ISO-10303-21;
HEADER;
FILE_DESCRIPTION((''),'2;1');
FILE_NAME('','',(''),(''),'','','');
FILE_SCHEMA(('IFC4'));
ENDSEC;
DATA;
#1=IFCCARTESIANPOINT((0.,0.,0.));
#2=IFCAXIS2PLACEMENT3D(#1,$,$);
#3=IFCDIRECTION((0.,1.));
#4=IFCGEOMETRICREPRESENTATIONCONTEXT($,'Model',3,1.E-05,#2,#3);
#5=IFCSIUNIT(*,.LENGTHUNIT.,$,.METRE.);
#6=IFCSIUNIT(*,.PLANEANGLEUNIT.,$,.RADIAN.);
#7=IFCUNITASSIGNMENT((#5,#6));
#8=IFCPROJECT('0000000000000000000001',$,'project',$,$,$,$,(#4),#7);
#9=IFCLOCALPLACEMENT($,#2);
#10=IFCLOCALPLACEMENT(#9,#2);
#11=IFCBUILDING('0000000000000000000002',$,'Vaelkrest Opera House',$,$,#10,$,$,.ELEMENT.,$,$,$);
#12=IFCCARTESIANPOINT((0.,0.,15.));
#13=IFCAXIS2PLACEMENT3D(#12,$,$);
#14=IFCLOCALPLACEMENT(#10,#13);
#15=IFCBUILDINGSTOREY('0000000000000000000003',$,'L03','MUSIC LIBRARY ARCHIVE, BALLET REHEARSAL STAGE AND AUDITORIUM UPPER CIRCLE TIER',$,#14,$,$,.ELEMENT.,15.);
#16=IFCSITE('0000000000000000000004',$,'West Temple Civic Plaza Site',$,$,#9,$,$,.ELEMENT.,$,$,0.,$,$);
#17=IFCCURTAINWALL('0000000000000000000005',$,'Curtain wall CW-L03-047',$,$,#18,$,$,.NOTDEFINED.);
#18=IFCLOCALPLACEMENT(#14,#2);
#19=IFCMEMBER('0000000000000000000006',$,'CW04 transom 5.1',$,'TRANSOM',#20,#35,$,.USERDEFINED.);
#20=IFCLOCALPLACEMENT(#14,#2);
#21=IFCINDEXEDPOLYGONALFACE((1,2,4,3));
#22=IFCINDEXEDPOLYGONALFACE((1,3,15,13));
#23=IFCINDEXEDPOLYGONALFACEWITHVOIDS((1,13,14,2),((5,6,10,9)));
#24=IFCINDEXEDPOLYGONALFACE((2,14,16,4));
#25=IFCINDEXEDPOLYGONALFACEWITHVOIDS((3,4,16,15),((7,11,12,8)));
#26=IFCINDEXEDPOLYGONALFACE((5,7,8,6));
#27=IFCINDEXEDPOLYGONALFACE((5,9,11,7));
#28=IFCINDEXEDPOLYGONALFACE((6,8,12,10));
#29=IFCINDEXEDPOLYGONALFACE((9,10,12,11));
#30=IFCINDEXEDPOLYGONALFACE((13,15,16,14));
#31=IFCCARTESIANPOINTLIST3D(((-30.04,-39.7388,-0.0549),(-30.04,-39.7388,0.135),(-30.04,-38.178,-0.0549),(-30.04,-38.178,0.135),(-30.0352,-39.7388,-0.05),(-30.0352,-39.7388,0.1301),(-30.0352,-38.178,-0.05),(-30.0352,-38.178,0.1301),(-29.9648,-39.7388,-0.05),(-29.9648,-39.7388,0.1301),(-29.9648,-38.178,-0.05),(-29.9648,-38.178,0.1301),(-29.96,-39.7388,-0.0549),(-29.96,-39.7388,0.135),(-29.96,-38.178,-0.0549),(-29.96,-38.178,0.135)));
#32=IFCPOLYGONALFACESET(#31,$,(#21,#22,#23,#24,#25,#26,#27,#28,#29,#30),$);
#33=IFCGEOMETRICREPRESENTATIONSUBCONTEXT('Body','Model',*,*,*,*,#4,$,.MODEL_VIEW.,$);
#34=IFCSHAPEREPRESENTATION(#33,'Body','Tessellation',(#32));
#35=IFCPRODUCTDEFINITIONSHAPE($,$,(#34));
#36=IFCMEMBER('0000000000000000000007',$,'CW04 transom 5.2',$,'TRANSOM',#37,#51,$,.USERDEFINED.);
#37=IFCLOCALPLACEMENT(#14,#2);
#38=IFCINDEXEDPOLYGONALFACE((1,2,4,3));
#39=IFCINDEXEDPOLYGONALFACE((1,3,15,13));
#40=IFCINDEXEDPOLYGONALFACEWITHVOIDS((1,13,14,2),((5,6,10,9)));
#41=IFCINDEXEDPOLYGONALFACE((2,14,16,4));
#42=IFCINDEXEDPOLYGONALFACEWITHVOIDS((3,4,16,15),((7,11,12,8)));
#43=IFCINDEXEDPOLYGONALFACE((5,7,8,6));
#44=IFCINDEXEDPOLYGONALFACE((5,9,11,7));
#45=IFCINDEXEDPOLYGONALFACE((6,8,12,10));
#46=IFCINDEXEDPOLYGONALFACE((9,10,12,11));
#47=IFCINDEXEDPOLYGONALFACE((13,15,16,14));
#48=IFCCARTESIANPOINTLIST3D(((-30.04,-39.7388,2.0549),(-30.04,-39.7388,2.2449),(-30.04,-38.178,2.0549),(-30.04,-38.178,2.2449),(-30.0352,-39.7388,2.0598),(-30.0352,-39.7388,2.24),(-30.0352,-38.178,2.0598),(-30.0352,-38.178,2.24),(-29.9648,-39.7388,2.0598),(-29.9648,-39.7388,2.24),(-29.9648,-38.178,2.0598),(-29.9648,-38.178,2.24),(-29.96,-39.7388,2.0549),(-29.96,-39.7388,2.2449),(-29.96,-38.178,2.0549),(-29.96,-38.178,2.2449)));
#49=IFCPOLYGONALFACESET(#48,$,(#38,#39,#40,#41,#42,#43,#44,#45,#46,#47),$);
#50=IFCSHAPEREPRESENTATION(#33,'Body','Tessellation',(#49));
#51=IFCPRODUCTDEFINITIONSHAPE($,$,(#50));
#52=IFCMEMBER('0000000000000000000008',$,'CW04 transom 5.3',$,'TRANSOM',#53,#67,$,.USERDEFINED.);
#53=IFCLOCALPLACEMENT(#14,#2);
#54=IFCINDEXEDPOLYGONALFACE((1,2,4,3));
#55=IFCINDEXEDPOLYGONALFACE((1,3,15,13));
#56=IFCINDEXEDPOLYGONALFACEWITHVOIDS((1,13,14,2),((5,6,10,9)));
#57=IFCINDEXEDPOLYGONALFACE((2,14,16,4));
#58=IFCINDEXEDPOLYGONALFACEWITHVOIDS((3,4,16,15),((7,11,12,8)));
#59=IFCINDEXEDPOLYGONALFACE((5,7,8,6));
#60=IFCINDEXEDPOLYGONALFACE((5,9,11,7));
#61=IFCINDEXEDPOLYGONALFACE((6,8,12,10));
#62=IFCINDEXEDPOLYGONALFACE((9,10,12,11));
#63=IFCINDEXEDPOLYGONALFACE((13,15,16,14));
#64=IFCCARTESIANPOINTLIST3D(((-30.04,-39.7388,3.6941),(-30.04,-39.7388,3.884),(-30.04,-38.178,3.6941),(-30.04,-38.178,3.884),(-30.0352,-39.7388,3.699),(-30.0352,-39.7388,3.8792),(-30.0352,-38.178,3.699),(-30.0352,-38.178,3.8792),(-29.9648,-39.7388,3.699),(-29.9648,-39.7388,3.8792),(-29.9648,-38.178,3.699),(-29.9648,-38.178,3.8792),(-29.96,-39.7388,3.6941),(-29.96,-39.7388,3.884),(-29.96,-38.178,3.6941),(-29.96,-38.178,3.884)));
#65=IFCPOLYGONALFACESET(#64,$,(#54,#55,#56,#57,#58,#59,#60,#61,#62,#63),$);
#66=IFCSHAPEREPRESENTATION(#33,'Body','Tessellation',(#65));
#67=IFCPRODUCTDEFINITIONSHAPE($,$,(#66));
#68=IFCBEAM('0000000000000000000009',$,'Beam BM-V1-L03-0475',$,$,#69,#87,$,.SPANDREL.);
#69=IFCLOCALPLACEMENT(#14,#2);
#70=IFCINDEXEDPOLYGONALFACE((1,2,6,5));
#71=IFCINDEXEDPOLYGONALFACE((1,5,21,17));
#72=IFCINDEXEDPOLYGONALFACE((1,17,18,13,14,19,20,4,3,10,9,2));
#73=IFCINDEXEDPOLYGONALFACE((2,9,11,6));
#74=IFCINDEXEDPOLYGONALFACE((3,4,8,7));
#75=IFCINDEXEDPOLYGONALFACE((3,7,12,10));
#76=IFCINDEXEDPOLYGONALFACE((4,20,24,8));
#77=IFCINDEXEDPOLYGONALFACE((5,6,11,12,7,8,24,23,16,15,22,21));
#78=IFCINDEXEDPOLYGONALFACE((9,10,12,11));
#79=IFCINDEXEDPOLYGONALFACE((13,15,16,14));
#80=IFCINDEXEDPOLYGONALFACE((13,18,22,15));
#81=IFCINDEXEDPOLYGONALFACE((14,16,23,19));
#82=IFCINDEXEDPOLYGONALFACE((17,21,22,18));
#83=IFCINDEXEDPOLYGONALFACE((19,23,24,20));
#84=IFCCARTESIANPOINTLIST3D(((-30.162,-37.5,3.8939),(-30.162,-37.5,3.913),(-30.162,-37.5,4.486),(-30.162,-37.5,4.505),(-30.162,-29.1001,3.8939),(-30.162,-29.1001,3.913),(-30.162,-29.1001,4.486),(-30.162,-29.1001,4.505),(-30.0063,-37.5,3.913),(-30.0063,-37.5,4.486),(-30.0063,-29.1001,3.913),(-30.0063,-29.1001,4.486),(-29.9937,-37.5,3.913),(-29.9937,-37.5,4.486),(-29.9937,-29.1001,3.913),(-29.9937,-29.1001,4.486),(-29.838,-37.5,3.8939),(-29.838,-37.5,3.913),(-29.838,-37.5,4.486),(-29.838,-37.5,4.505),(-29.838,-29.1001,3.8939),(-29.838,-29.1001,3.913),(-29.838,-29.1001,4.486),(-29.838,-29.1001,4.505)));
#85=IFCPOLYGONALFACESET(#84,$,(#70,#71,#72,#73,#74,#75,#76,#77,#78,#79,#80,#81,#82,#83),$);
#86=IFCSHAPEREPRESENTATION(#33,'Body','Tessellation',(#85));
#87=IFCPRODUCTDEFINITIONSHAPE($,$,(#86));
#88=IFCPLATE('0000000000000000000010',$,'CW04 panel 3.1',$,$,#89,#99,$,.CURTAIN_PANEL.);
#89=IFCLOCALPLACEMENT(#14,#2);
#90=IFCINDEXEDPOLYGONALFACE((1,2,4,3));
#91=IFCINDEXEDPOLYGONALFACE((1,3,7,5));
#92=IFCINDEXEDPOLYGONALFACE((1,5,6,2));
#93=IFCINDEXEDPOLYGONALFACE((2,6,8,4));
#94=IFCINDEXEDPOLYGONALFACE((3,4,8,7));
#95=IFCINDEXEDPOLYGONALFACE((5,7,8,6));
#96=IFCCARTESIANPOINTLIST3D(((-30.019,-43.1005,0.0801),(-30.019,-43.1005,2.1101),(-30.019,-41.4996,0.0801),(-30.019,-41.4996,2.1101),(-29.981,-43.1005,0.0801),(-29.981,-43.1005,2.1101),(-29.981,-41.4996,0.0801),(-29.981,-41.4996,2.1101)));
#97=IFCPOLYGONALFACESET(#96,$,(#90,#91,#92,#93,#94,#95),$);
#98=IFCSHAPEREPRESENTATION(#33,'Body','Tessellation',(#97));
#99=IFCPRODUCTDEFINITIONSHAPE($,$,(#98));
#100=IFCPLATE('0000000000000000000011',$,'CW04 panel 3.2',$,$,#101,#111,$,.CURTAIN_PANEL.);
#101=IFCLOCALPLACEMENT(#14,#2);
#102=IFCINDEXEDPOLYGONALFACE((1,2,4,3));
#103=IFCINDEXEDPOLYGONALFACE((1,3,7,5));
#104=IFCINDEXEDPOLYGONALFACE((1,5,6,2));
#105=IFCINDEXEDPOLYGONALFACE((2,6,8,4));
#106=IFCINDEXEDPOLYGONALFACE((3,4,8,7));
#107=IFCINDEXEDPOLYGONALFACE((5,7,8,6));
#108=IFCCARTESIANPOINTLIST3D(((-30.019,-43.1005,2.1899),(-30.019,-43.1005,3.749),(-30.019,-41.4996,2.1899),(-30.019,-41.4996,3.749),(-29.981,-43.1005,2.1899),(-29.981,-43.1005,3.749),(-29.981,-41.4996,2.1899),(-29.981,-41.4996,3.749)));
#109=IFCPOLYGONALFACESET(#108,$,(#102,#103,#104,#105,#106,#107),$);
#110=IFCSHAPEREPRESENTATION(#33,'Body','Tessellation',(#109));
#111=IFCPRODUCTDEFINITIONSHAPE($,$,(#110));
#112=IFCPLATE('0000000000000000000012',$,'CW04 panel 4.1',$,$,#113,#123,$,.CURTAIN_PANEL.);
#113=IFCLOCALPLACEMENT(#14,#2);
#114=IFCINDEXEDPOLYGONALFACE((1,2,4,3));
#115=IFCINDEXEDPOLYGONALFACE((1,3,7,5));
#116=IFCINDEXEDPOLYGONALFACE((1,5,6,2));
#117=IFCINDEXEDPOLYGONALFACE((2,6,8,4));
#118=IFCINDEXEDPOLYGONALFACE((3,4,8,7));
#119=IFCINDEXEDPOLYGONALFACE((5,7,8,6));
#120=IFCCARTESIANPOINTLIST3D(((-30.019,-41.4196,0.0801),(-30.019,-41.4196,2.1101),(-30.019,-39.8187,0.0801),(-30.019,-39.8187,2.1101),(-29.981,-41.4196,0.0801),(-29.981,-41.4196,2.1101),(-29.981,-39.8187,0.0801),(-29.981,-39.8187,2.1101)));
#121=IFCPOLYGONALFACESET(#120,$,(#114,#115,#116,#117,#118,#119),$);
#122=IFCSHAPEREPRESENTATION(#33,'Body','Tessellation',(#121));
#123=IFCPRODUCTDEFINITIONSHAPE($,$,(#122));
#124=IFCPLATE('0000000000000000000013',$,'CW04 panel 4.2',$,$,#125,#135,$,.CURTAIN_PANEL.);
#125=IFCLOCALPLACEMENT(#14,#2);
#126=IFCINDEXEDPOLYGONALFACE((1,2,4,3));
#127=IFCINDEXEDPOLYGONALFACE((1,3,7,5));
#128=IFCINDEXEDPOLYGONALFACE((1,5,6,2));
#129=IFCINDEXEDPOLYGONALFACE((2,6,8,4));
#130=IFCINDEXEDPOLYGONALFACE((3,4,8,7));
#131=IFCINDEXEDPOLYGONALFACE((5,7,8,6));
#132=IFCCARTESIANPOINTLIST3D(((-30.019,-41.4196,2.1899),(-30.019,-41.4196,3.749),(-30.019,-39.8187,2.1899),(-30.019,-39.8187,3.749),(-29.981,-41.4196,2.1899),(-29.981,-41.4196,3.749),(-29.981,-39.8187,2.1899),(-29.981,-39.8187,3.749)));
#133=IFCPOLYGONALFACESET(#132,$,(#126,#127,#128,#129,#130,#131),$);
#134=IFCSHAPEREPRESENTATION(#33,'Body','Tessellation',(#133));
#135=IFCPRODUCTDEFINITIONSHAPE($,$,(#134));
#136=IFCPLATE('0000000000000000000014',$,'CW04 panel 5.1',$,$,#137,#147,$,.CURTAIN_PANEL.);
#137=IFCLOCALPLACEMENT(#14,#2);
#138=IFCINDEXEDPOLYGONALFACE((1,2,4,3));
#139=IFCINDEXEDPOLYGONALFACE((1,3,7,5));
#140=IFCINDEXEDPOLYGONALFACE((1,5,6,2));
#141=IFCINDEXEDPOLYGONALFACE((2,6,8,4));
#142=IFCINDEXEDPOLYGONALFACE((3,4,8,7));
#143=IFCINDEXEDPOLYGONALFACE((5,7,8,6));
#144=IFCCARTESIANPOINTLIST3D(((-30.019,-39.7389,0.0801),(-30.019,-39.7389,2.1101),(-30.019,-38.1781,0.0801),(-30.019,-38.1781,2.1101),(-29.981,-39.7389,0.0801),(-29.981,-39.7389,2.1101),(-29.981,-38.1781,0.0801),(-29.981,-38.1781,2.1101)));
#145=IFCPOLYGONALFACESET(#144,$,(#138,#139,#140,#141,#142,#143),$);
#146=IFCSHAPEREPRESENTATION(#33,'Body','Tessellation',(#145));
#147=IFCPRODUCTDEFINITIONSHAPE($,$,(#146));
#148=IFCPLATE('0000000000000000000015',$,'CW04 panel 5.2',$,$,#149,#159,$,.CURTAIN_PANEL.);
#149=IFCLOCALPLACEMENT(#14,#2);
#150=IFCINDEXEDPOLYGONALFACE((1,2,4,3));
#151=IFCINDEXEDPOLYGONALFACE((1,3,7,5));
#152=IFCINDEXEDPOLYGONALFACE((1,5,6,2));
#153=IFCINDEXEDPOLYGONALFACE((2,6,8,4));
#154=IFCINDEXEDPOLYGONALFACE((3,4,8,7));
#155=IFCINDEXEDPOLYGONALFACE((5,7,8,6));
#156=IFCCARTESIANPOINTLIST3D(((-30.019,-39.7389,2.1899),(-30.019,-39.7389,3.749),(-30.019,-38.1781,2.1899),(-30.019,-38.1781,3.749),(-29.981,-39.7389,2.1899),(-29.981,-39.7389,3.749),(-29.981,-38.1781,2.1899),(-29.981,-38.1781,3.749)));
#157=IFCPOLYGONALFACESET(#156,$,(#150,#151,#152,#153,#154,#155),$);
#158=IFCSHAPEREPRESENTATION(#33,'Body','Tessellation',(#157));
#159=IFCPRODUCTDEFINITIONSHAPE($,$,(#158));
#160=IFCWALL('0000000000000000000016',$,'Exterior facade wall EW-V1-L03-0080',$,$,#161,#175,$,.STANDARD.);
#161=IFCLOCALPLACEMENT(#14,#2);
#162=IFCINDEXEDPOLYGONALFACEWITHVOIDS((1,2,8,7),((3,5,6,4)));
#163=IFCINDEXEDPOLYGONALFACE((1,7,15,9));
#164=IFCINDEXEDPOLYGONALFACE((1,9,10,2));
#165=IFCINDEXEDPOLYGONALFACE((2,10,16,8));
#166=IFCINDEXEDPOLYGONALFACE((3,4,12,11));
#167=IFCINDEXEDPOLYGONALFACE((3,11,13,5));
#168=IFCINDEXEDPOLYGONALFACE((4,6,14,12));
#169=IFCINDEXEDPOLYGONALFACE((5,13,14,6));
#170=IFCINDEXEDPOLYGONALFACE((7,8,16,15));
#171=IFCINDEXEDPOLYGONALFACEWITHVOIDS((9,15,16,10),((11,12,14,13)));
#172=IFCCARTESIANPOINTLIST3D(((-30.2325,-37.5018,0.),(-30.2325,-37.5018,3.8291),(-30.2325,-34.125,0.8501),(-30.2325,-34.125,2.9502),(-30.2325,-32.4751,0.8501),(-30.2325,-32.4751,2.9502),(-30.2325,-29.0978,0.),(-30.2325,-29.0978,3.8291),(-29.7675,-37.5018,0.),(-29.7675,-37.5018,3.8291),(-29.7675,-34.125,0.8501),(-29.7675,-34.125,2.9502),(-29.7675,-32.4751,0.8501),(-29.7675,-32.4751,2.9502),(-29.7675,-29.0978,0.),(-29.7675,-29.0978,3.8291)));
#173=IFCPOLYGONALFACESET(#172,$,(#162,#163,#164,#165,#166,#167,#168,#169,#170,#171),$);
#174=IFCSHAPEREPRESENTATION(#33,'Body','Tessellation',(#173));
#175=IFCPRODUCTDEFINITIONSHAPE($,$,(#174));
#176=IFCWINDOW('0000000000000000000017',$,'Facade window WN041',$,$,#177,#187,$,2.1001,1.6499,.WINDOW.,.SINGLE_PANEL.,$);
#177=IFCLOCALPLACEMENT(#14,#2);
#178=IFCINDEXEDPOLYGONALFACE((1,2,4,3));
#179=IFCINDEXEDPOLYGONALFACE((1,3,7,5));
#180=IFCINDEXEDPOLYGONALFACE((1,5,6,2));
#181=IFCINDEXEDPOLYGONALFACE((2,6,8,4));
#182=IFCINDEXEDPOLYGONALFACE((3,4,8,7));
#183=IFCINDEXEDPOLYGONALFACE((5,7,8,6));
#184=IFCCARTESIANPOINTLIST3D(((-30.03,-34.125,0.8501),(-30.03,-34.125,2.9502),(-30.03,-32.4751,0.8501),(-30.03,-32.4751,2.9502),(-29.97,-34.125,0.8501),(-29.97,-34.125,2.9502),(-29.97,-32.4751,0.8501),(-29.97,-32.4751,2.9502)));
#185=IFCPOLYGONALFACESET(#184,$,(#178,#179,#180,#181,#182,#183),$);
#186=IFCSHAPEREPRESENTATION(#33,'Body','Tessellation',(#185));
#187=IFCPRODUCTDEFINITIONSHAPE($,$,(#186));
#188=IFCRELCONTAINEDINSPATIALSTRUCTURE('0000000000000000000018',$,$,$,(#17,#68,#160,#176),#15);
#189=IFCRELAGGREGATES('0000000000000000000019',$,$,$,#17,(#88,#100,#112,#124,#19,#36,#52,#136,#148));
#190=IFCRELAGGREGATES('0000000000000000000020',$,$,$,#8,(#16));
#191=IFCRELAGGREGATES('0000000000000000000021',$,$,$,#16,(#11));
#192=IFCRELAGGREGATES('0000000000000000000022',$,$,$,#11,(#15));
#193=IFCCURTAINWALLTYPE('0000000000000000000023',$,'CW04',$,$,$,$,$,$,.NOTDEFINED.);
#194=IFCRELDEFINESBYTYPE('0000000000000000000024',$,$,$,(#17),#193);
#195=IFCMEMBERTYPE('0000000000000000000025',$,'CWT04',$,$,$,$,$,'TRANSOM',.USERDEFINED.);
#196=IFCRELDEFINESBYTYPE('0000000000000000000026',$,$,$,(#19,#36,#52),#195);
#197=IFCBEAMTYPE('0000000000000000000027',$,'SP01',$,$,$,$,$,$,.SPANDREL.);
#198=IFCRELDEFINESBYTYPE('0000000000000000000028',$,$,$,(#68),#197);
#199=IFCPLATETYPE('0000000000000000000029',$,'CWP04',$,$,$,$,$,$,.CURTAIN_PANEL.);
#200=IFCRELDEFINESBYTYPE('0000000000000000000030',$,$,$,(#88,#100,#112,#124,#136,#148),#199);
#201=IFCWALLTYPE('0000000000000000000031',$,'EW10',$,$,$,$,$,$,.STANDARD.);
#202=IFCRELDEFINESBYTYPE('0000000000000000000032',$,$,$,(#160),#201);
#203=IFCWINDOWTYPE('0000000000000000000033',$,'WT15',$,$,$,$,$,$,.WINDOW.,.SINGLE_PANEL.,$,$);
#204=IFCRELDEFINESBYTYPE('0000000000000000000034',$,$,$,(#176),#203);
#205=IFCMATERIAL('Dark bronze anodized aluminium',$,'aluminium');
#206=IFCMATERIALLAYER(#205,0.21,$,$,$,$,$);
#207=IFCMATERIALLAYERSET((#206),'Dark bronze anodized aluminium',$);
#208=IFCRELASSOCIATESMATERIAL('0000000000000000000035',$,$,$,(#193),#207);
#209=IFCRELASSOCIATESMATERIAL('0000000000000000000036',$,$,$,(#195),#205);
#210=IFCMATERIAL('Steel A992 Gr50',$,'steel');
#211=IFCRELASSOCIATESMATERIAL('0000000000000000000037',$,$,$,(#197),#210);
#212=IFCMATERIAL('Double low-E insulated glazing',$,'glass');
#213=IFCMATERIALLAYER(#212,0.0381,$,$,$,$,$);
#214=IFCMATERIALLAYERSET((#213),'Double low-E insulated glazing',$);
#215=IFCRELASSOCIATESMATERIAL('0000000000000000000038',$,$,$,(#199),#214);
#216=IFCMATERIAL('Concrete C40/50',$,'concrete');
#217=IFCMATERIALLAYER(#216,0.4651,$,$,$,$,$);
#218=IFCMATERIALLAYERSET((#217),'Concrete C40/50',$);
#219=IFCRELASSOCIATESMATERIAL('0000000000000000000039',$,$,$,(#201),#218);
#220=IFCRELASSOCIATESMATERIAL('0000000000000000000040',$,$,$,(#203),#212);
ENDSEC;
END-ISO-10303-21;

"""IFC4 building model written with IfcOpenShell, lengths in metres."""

from ifc_helpers import new_model, si_unit, direction, frame, frame_2d, origin, origin_2d, place, context, subcontext, project, spatial, rectangle, hollow_rectangle, i_section, extrude, material, layer, layer_set, material_profile, profile_set, type_object, element, fill, aggregate, save


model = new_model("IFC4")

# Units and contexts
model_context = context("Model", 3, precision=1e-05, world=origin(), true_north=direction((0.0, 1.0)))
body_context = subcontext(model_context, "Body", "Model", "MODEL_VIEW")
ifc_project = project(units=[si_unit("LENGTHUNIT", "METRE"), si_unit("PLANEANGLEUNIT", "RADIAN")], contexts=[model_context])

# Site, building, storey
site_placement = place(None, origin())
site = spatial("IfcSite", under=ifc_project, at=site_placement, Name="West Temple Civic Plaza Site", CompositionType="ELEMENT", RefElevation=0.0)
building_placement = place(site_placement, origin())
building = spatial("IfcBuilding", under=site, at=building_placement, Name="Vaelkrest Opera House", CompositionType="ELEMENT")
storey_placement = place(building_placement, frame((0.0, 0.0, 15.0)))
storey = spatial("IfcBuildingStorey", under=building, at=storey_placement, Name="L03", Description="MUSIC LIBRARY ARCHIVE, BALLET REHEARSAL STAGE AND AUDITORIUM UPPER CIRCLE TIER", CompositionType="ELEMENT", Elevation=15.0)

# Curtain wall, members
ifc_material_1 = material(Name="Dark bronze anodized aluminium", Category="aluminium")
ifc_layer_1 = layer(ifc_material_1, 0.21)
ifc_layer_set_1 = layer_set([ifc_layer_1], Name="Dark bronze anodized aluminium")
curtain_wall_type = type_object("IfcCurtainWallType", Name="CW04", PredefinedType="NOTDEFINED", material=ifc_layer_set_1)
curtain_wall_placement = place(storey_placement, origin())
curtain_wall = element("IfcCurtainWall", 1, at=curtain_wall_placement, inside=storey, type_object=curtain_wall_type, Name="Curtain wall CW-L03-047", PredefinedType="NOTDEFINED")
ifc_material_profile_1 = material_profile(ifc_material_1, hollow_rectangle(XDim=0.0801, YDim=0.1899, WallThickness=0.0049, at=origin_2d()), Name="CWT80X190")
ifc_profile_set_1 = profile_set([ifc_material_profile_1], Name="Dark bronze anodized aluminium")
member_type_1 = type_object("IfcMemberType", Name="CWT04", ElementType="TRANSOM", PredefinedType="USERDEFINED", material=ifc_profile_set_1)
member_1_placement = place(storey_placement, frame((-30.0, -39.7388, 0.04), z_axis=(0.0, 1.0, 0.0), x_axis=(-1.0, 0.0, 0.0)))
member_1 = element("IfcMember", 2, at=member_1_placement, type_object=member_type_1, Name="CW04 transom 5.1", ObjectType="TRANSOM", PredefinedType="USERDEFINED", context=body_context, shape_type="SweptSolid", body=[
    extrude(hollow_rectangle(XDim=0.0801, YDim=0.1899, WallThickness=0.0049, at=origin_2d()), origin(), (0.0, 0.0, 1.0), 1.5608),
])
member_2_placement = place(storey_placement, frame((-30.0, -39.7388, 2.1499), z_axis=(0.0, 1.0, 0.0), x_axis=(-1.0, 0.0, 0.0)))
member_2 = element("IfcMember", 3, at=member_2_placement, type_object=member_type_1, Name="CW04 transom 5.2", ObjectType="TRANSOM", PredefinedType="USERDEFINED", context=body_context, shape_type="SweptSolid", body=[
    extrude(hollow_rectangle(XDim=0.0801, YDim=0.1899, WallThickness=0.0049, at=origin_2d()), origin(), (0.0, 0.0, 1.0), 1.5608),
])
member_3_placement = place(storey_placement, frame((-30.0, -39.7388, 3.7891), z_axis=(0.0, 1.0, 0.0), x_axis=(-1.0, 0.0, 0.0)))
member_3 = element("IfcMember", 4, at=member_3_placement, type_object=member_type_1, Name="CW04 transom 5.3", ObjectType="TRANSOM", PredefinedType="USERDEFINED", context=body_context, shape_type="SweptSolid", body=[
    extrude(hollow_rectangle(XDim=0.0801, YDim=0.1899, WallThickness=0.0049, at=origin_2d()), origin(), (0.0, 0.0, 1.0), 1.5608),
])

# Beam
ifc_material_2 = material(Name="Steel A992 Gr50", Category="steel")
ifc_material_profile_2 = material_profile(ifc_material_2, i_section(OverallWidth=0.324, OverallDepth=0.6111, WebThickness=0.0127, FlangeThickness=0.019, at=origin_2d()), Name="W24X104")
ifc_profile_set_2 = profile_set([ifc_material_profile_2], Name="Steel A992 Gr50")
beam_type = type_object("IfcBeamType", Name="SP01", PredefinedType="SPANDREL", material=ifc_profile_set_2)
beam_placement = place(storey_placement, frame((-30.0, -37.5, 4.1995), z_axis=(0.0, 1.0, 0.0), x_axis=(-1.0, 0.0, 0.0)))
element("IfcBeam", 5, at=beam_placement, inside=storey, type_object=beam_type, Name="Beam BM-V1-L03-0475", PredefinedType="SPANDREL", context=body_context, shape_type="SweptSolid", body=[
    extrude(i_section(OverallWidth=0.324, OverallDepth=0.6111, WebThickness=0.0127, FlangeThickness=0.019, at=origin_2d()), origin(), (0.0, 0.0, 1.0), 8.3999),
])

# Plates
ifc_material_3 = material(Name="Double low-E insulated glazing", Category="glass")
ifc_layer_2 = layer(ifc_material_3, 0.0381)
ifc_layer_set_2 = layer_set([ifc_layer_2], Name="Double low-E insulated glazing")
plate_type = type_object("IfcPlateType", Name="CWP04", PredefinedType="CURTAIN_PANEL", material=ifc_layer_set_2)
plate_1_placement = place(storey_placement, frame((-30.0, -42.3, 0.0801), z_axis=(0.0, 0.0, 1.0), x_axis=(0.0, 1.0, 0.0)))
plate_1 = element("IfcPlate", 6, at=plate_1_placement, type_object=plate_type, Name="CW04 panel 3.1", PredefinedType="CURTAIN_PANEL", context=body_context, shape_type="SweptSolid", body=[
    extrude(rectangle(XDim=1.6008, YDim=0.0381, at=origin_2d()), origin(), (0.0, 0.0, 1.0), 2.03),
])
plate_2_placement = place(storey_placement, frame((-30.0, -42.3, 2.1899), z_axis=(0.0, 0.0, 1.0), x_axis=(0.0, 1.0, 0.0)))
plate_2 = element("IfcPlate", 7, at=plate_2_placement, type_object=plate_type, Name="CW04 panel 3.2", PredefinedType="CURTAIN_PANEL", context=body_context, shape_type="SweptSolid", body=[
    extrude(rectangle(XDim=1.6008, YDim=0.0381, at=origin_2d()), origin(), (0.0, 0.0, 1.0), 1.5591),
])
plate_3_placement = place(storey_placement, frame((-30.0, -40.6191, 0.0801), z_axis=(0.0, 0.0, 1.0), x_axis=(0.0, 1.0, 0.0)))
plate_3 = element("IfcPlate", 8, at=plate_3_placement, type_object=plate_type, Name="CW04 panel 4.1", PredefinedType="CURTAIN_PANEL", context=body_context, shape_type="SweptSolid", body=[
    extrude(rectangle(XDim=1.6008, YDim=0.0381, at=origin_2d()), origin(), (0.0, 0.0, 1.0), 2.03),
])
plate_4_placement = place(storey_placement, frame((-30.0, -40.6191, 2.1899), z_axis=(0.0, 0.0, 1.0), x_axis=(0.0, 1.0, 0.0)))
plate_4 = element("IfcPlate", 9, at=plate_4_placement, type_object=plate_type, Name="CW04 panel 4.2", PredefinedType="CURTAIN_PANEL", context=body_context, shape_type="SweptSolid", body=[
    extrude(rectangle(XDim=1.6008, YDim=0.0381, at=origin_2d()), origin(), (0.0, 0.0, 1.0), 1.5591),
])
plate_5_placement = place(storey_placement, frame((-30.0, -38.9585, 0.0801), z_axis=(0.0, 0.0, 1.0), x_axis=(0.0, 1.0, 0.0)))
plate_5 = element("IfcPlate", 10, at=plate_5_placement, type_object=plate_type, Name="CW04 panel 5.1", PredefinedType="CURTAIN_PANEL", context=body_context, shape_type="SweptSolid", body=[
    extrude(rectangle(XDim=1.5608, YDim=0.0381, at=origin_2d()), origin(), (0.0, 0.0, 1.0), 2.03),
])
plate_6_placement = place(storey_placement, frame((-30.0, -38.9585, 2.1899), z_axis=(0.0, 0.0, 1.0), x_axis=(0.0, 1.0, 0.0)))
plate_6 = element("IfcPlate", 11, at=plate_6_placement, type_object=plate_type, Name="CW04 panel 5.2", PredefinedType="CURTAIN_PANEL", context=body_context, shape_type="SweptSolid", body=[
    extrude(rectangle(XDim=1.5608, YDim=0.0381, at=origin_2d()), origin(), (0.0, 0.0, 1.0), 1.5591),
])
aggregate(curtain_wall, [plate_1, plate_2, plate_3, plate_4, member_1, member_2, member_3, plate_5, plate_6])

# Wall, opening, window
ifc_material_4 = material(Name="Concrete C40/50", Category="concrete")
ifc_layer_3 = layer(ifc_material_4, 0.4651)
ifc_layer_set_3 = layer_set([ifc_layer_3], Name="Concrete C40/50")
wall_type = type_object("IfcWallType", Name="EW10", PredefinedType="STANDARD", material=ifc_layer_set_3)
wall_placement = place(storey_placement, frame((-30.0, -37.502, 0.0), z_axis=(0.0, 0.0, 1.0), x_axis=(0.0, 1.0, 0.0)))
wall = element("IfcWall", 12, at=wall_placement, inside=storey, type_object=wall_type, Name="Exterior facade wall EW-V1-L03-0080", PredefinedType="STANDARD", context=body_context, shape_type="SweptSolid", body=[
    extrude(rectangle(XDim=8.4041, YDim=0.4651, at=frame_2d((4.2021, 0.0))), origin(), (0.0, 0.0, 1.0), 3.8291),
])
opening_placement = place(wall_placement, frame((3.377, 0.0, 0.8501)))
opening = element("IfcOpeningElement", 13, at=opening_placement, cuts=wall, PredefinedType="OPENING", context=body_context, shape_type="SweptSolid", body=[
    extrude(rectangle(XDim=1.6499, YDim=2.1001, at=frame_2d((0.825, 1.05))), frame((0.0, 0.2424, 0.0), z_axis=(0.0, -1.0, 0.0), x_axis=(1.0, 0.0, 0.0)), (0.0, 0.0, 1.0), 0.4851),
])
window_type = type_object("IfcWindowType", Name="WT15", PartitioningType="SINGLE_PANEL", PredefinedType="WINDOW", material=ifc_material_3)
window_placement = place(opening_placement, origin())
window = element("IfcWindow", 14, at=window_placement, inside=storey, type_object=window_type, Name="Facade window WN041", OverallHeight=2.1001, OverallWidth=1.6499, PartitioningType="SINGLE_PANEL", PredefinedType="WINDOW", context=body_context, shape_type="SweptSolid", body=[
    extrude(rectangle(XDim=1.6499, YDim=2.1001, at=frame_2d((0.825, 1.05))), frame((0.0, 0.03, 0.0), z_axis=(0.0, -1.0, 0.0), x_axis=(1.0, 0.0, 0.0)), (0.0, 0.0, 1.0), 0.0601),
])
fill(opening, window)

save(model, "model.ifc")
